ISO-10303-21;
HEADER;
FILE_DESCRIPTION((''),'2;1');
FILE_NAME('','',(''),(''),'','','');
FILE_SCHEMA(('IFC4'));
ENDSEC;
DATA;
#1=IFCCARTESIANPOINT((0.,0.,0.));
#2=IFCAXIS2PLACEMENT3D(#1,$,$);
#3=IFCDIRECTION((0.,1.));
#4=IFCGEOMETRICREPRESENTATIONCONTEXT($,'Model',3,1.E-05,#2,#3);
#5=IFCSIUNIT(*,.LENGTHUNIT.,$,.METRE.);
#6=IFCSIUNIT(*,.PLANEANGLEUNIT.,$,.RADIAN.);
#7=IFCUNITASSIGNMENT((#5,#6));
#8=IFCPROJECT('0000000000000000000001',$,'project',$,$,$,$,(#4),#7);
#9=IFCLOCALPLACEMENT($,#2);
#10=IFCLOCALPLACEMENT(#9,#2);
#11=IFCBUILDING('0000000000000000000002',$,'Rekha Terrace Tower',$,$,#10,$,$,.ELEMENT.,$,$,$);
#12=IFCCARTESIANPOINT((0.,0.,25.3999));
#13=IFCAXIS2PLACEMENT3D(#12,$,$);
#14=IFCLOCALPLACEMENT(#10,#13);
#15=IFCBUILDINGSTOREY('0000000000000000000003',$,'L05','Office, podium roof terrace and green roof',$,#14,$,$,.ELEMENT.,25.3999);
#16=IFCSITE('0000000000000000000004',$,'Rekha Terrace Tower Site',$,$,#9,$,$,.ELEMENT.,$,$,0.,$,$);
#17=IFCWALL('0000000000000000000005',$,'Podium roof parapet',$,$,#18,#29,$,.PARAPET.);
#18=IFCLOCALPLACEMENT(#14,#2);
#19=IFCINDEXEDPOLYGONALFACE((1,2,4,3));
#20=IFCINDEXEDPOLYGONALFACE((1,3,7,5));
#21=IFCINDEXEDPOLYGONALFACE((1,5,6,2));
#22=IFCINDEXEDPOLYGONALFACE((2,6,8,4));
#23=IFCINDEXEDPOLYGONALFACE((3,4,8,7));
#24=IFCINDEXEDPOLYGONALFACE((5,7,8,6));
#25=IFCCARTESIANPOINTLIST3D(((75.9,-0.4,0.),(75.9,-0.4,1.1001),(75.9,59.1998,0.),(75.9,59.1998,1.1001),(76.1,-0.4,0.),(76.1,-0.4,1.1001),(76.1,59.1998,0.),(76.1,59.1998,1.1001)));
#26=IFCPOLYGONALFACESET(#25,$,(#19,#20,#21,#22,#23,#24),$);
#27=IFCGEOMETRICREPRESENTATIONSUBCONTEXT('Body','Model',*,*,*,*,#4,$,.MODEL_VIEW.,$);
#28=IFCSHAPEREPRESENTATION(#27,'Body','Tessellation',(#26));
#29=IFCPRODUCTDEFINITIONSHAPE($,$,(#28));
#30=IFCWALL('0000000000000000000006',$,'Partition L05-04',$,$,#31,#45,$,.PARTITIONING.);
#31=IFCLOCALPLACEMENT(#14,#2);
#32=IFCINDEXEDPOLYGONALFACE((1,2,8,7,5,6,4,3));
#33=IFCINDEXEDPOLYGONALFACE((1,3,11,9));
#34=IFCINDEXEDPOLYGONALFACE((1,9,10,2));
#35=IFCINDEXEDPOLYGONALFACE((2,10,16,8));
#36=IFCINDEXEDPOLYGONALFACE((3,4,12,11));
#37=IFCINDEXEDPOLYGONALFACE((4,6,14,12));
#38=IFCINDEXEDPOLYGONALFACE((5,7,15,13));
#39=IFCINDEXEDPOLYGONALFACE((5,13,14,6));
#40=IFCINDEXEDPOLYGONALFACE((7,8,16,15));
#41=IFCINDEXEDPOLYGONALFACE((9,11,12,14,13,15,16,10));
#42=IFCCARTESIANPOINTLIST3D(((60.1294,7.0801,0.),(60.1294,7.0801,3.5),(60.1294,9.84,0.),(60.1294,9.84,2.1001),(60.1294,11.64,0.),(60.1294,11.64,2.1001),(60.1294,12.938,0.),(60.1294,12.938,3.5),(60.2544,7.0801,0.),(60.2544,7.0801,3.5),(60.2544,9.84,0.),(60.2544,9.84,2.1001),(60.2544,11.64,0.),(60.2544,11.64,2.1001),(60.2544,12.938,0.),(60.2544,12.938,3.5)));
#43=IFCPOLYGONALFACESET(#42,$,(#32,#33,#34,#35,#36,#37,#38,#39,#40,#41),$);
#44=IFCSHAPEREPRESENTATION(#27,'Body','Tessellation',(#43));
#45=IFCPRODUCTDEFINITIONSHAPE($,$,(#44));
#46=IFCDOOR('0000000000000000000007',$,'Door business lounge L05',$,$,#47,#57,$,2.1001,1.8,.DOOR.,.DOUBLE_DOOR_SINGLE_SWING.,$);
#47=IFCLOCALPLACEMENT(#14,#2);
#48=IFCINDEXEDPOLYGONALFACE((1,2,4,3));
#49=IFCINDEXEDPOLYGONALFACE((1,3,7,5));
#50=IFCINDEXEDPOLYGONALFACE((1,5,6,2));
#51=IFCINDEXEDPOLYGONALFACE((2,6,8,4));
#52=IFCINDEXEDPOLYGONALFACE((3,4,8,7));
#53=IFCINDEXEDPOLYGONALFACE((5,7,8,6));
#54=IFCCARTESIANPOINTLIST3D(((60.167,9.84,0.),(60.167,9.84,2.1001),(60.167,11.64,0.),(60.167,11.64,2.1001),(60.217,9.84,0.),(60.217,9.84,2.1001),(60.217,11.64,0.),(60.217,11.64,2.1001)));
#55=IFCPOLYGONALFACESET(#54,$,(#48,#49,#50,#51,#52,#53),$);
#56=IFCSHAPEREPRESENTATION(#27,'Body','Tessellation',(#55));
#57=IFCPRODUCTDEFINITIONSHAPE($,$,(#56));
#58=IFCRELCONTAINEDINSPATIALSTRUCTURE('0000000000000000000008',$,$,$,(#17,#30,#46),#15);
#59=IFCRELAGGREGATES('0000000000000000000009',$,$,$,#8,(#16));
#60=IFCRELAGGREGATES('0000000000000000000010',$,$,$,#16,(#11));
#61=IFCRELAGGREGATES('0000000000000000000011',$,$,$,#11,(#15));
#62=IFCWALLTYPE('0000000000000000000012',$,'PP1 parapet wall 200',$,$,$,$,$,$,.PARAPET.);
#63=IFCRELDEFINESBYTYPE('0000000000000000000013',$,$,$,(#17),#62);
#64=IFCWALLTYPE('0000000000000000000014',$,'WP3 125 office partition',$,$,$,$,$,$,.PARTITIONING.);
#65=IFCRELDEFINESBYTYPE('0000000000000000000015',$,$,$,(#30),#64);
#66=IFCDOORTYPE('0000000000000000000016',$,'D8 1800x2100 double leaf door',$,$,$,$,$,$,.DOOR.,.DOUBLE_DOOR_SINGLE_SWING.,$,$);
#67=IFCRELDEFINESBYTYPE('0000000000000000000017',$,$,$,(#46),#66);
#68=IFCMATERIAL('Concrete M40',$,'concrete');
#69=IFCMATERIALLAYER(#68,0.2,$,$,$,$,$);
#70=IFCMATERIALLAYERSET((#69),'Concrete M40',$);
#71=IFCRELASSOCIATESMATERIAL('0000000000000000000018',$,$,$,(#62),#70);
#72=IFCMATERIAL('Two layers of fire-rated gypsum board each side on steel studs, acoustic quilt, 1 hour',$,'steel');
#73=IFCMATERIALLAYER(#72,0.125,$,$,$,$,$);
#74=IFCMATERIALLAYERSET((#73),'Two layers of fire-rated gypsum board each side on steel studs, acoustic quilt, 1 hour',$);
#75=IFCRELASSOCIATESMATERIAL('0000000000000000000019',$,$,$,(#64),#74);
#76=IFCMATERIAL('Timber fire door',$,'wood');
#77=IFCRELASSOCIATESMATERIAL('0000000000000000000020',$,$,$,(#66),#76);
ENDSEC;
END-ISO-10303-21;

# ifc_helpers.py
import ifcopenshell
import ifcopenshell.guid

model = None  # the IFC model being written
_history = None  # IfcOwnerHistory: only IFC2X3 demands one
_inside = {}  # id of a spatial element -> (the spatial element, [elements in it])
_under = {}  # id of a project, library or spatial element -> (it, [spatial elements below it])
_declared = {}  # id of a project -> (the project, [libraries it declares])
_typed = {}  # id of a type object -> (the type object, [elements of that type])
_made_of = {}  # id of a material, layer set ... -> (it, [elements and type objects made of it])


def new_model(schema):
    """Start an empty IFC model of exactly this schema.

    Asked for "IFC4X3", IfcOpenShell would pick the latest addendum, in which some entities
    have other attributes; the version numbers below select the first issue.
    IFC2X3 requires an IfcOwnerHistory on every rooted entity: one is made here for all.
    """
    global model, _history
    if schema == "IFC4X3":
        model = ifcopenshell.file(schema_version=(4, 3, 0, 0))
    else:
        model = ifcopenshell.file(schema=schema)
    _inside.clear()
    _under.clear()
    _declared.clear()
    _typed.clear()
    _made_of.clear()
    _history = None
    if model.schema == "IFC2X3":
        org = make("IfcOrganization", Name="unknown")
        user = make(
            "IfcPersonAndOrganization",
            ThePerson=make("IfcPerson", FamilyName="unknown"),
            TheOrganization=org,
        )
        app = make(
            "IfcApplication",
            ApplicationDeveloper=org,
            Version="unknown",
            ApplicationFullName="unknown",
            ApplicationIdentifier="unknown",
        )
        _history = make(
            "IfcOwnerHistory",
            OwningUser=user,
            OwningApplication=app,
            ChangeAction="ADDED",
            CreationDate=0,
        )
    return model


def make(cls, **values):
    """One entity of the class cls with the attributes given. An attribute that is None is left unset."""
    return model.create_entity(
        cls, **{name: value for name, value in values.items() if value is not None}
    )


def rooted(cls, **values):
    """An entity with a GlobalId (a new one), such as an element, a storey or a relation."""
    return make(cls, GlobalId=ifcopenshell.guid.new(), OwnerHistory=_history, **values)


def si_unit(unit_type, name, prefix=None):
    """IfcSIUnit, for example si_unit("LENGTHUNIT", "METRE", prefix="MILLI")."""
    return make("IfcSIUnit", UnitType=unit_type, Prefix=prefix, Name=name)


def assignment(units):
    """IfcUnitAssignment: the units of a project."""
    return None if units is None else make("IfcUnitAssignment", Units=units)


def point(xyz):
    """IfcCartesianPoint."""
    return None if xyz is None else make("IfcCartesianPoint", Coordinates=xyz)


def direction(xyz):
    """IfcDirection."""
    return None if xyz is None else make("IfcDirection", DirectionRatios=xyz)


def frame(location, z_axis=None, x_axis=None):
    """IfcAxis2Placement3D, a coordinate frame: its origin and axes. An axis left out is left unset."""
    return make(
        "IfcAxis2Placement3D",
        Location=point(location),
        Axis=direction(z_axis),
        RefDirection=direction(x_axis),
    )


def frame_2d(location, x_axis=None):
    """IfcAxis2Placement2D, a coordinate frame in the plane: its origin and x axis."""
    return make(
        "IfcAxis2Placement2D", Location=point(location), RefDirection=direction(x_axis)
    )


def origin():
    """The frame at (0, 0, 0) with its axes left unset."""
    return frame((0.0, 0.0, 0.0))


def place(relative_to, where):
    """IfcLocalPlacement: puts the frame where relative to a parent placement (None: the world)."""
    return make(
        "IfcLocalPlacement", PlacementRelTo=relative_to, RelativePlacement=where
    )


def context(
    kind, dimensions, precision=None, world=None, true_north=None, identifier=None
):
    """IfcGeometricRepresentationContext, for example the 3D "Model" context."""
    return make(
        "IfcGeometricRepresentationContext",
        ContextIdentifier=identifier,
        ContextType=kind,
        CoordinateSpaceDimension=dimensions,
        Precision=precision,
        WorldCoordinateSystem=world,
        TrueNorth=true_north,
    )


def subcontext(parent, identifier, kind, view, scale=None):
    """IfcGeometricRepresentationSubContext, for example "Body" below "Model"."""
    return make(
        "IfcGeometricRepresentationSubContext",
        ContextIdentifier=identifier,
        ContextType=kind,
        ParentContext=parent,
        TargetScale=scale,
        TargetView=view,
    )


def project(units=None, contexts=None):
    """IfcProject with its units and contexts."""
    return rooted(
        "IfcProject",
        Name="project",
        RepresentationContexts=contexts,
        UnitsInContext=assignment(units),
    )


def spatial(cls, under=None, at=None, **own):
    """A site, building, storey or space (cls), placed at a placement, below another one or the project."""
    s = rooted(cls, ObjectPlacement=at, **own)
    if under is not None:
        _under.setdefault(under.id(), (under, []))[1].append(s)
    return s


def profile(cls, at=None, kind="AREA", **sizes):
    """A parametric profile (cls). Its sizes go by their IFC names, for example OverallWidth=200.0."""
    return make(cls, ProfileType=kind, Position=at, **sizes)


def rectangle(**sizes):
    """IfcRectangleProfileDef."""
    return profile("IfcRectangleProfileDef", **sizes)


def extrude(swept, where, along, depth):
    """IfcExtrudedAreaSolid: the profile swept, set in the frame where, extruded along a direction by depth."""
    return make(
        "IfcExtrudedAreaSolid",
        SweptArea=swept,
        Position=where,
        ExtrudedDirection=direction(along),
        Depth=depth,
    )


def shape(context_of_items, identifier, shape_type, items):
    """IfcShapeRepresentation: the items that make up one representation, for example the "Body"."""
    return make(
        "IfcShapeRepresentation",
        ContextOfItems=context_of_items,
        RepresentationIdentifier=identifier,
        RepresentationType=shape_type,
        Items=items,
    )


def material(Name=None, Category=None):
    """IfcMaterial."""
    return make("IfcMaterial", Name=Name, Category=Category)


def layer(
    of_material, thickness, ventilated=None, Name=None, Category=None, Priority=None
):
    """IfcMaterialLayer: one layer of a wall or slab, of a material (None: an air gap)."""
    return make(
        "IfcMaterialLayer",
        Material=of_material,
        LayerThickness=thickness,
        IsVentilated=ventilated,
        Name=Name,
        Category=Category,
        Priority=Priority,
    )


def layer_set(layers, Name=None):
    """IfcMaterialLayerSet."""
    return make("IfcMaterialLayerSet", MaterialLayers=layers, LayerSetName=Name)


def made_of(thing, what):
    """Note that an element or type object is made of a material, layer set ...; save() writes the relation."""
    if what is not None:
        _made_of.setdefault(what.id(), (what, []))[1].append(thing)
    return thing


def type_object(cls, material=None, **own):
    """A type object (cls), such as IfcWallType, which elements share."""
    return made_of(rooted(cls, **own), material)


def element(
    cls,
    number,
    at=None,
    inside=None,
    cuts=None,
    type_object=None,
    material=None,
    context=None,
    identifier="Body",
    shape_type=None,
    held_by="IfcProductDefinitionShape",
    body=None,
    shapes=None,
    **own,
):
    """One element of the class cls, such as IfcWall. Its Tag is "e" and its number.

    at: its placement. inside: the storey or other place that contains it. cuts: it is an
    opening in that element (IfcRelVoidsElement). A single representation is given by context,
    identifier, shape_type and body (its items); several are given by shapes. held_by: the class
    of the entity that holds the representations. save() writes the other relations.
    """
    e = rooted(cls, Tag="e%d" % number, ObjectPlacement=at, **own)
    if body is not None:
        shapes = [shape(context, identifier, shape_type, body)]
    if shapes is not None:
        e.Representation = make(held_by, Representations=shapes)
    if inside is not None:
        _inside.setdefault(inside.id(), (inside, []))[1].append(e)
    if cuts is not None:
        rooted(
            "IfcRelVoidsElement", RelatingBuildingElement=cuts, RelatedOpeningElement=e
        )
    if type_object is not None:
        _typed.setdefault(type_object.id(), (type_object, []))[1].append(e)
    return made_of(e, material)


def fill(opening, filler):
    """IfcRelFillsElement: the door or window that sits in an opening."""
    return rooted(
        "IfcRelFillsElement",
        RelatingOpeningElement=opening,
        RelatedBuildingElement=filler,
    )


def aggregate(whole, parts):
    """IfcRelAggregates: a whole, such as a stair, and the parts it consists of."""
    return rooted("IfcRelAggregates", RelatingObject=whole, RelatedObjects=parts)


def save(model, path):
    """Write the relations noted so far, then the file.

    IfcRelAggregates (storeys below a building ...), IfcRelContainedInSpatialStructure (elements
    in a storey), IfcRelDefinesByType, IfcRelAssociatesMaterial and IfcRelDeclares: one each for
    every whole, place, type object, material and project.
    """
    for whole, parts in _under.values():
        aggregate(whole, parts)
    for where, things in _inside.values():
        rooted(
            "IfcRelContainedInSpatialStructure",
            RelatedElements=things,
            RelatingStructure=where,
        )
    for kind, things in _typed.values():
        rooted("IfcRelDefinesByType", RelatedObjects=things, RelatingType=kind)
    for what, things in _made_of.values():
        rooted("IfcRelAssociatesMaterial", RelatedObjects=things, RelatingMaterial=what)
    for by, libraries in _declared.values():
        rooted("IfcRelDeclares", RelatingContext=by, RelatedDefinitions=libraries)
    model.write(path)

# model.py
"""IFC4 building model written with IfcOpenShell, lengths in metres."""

from ifc_helpers import new_model, si_unit, direction, frame, frame_2d, origin, place, context, subcontext, project, spatial, rectangle, extrude, material, layer, layer_set, type_object, element, fill, save


model = new_model("IFC4")

# Units and contexts
model_context = context("Model", 3, precision=1e-05, world=origin(), true_north=direction((0.0, 1.0)))
body_context = subcontext(model_context, "Body", "Model", "MODEL_VIEW")
ifc_project = project(units=[si_unit("LENGTHUNIT", "METRE"), si_unit("PLANEANGLEUNIT", "RADIAN")], contexts=[model_context])

# Site, building, storey
site_placement = place(None, origin())
site = spatial("IfcSite", under=ifc_project, at=site_placement, Name="Rekha Terrace Tower Site", CompositionType="ELEMENT", RefElevation=0.0)
building_placement = place(site_placement, origin())
building = spatial("IfcBuilding", under=site, at=building_placement, Name="Rekha Terrace Tower", CompositionType="ELEMENT")
storey_placement = place(building_placement, frame((0.0, 0.0, 25.3999)))
storey = spatial("IfcBuildingStorey", under=building, at=storey_placement, Name="L05", Description="Office, podium roof terrace and green roof", CompositionType="ELEMENT", Elevation=25.3999)

# Wall
ifc_material_1 = material(Name="Concrete M40", Category="concrete")
ifc_layer_1 = layer(ifc_material_1, 0.2)
ifc_layer_set_1 = layer_set([ifc_layer_1], Name="Concrete M40")
wall_type_1 = type_object("IfcWallType", Name="PP1 parapet wall 200", PredefinedType="PARAPET", material=ifc_layer_set_1)
wall_1_placement = place(storey_placement, frame((76.0, -0.3999, 0.0), z_axis=(0.0, 0.0, 1.0), x_axis=(0.0, 1.0, 0.0)))
element("IfcWall", 1, at=wall_1_placement, inside=storey, type_object=wall_type_1, Name="Podium roof parapet", PredefinedType="PARAPET", context=body_context, shape_type="SweptSolid", body=[
    extrude(rectangle(XDim=59.5999, YDim=0.2, at=frame_2d((29.7998, 0.0))), origin(), (0.0, 0.0, 1.0), 1.1001),
])

# Wall, opening, door
ifc_material_2 = material(Name="Two layers of fire-rated gypsum board each side on steel studs, acoustic quilt, 1 hour", Category="steel")
ifc_layer_2 = layer(ifc_material_2, 0.125)
ifc_layer_set_2 = layer_set([ifc_layer_2], Name="Two layers of fire-rated gypsum board each side on steel studs, acoustic quilt, 1 hour")
wall_type_2 = type_object("IfcWallType", Name="WP3 125 office partition", PredefinedType="PARTITIONING", material=ifc_layer_set_2)
wall_2_placement = place(storey_placement, frame((60.1919, 7.0801, 0.0), z_axis=(0.0, 0.0, 1.0), x_axis=(0.0, 1.0, 0.0)))
wall_2 = element("IfcWall", 2, at=wall_2_placement, inside=storey, type_object=wall_type_2, Name="Partition L05-04", PredefinedType="PARTITIONING", context=body_context, shape_type="SweptSolid", body=[
    extrude(rectangle(XDim=5.8579, YDim=0.125, at=frame_2d((2.929, 0.0))), origin(), (0.0, 0.0, 1.0), 3.5),
])
opening_1_placement = place(wall_2_placement, frame((2.76, 0.0, 0.0)))
opening_1 = element("IfcOpeningElement", 3, at=opening_1_placement, cuts=wall_2, PredefinedType="OPENING", context=body_context, shape_type="SweptSolid", body=[
    extrude(rectangle(XDim=1.8, YDim=2.1001, at=frame_2d((0.8999, 1.05))), frame((0.0, 0.0725, 0.0), z_axis=(0.0, -1.0, 0.0), x_axis=(1.0, 0.0, 0.0)), (0.0, 0.0, 1.0), 0.145),
])
ifc_material_3 = material(Name="Timber fire door", Category="wood")
door_type_1 = type_object("IfcDoorType", Name="D8 1800x2100 double leaf door", OperationType="DOUBLE_DOOR_SINGLE_SWING", PredefinedType="DOOR", material=ifc_material_3)
door_1_placement = place(opening_1_placement, origin())
door_1 = element("IfcDoor", 4, at=door_1_placement, inside=storey, type_object=door_type_1, Name="Door business lounge L05", OperationType="DOUBLE_DOOR_SINGLE_SWING", OverallHeight=2.1001, OverallWidth=1.8, PredefinedType="DOOR", context=body_context, shape_type="SweptSolid", body=[
    extrude(rectangle(XDim=1.8, YDim=2.1001, at=frame_2d((0.8999, 1.05))), frame((0.0, 0.0249, 0.0), z_axis=(0.0, -1.0, 0.0), x_axis=(1.0, 0.0, 0.0)), (0.0, 0.0, 1.0), 0.05),
])
fill(opening_1, door_1)

save(model, "model.ifc")
